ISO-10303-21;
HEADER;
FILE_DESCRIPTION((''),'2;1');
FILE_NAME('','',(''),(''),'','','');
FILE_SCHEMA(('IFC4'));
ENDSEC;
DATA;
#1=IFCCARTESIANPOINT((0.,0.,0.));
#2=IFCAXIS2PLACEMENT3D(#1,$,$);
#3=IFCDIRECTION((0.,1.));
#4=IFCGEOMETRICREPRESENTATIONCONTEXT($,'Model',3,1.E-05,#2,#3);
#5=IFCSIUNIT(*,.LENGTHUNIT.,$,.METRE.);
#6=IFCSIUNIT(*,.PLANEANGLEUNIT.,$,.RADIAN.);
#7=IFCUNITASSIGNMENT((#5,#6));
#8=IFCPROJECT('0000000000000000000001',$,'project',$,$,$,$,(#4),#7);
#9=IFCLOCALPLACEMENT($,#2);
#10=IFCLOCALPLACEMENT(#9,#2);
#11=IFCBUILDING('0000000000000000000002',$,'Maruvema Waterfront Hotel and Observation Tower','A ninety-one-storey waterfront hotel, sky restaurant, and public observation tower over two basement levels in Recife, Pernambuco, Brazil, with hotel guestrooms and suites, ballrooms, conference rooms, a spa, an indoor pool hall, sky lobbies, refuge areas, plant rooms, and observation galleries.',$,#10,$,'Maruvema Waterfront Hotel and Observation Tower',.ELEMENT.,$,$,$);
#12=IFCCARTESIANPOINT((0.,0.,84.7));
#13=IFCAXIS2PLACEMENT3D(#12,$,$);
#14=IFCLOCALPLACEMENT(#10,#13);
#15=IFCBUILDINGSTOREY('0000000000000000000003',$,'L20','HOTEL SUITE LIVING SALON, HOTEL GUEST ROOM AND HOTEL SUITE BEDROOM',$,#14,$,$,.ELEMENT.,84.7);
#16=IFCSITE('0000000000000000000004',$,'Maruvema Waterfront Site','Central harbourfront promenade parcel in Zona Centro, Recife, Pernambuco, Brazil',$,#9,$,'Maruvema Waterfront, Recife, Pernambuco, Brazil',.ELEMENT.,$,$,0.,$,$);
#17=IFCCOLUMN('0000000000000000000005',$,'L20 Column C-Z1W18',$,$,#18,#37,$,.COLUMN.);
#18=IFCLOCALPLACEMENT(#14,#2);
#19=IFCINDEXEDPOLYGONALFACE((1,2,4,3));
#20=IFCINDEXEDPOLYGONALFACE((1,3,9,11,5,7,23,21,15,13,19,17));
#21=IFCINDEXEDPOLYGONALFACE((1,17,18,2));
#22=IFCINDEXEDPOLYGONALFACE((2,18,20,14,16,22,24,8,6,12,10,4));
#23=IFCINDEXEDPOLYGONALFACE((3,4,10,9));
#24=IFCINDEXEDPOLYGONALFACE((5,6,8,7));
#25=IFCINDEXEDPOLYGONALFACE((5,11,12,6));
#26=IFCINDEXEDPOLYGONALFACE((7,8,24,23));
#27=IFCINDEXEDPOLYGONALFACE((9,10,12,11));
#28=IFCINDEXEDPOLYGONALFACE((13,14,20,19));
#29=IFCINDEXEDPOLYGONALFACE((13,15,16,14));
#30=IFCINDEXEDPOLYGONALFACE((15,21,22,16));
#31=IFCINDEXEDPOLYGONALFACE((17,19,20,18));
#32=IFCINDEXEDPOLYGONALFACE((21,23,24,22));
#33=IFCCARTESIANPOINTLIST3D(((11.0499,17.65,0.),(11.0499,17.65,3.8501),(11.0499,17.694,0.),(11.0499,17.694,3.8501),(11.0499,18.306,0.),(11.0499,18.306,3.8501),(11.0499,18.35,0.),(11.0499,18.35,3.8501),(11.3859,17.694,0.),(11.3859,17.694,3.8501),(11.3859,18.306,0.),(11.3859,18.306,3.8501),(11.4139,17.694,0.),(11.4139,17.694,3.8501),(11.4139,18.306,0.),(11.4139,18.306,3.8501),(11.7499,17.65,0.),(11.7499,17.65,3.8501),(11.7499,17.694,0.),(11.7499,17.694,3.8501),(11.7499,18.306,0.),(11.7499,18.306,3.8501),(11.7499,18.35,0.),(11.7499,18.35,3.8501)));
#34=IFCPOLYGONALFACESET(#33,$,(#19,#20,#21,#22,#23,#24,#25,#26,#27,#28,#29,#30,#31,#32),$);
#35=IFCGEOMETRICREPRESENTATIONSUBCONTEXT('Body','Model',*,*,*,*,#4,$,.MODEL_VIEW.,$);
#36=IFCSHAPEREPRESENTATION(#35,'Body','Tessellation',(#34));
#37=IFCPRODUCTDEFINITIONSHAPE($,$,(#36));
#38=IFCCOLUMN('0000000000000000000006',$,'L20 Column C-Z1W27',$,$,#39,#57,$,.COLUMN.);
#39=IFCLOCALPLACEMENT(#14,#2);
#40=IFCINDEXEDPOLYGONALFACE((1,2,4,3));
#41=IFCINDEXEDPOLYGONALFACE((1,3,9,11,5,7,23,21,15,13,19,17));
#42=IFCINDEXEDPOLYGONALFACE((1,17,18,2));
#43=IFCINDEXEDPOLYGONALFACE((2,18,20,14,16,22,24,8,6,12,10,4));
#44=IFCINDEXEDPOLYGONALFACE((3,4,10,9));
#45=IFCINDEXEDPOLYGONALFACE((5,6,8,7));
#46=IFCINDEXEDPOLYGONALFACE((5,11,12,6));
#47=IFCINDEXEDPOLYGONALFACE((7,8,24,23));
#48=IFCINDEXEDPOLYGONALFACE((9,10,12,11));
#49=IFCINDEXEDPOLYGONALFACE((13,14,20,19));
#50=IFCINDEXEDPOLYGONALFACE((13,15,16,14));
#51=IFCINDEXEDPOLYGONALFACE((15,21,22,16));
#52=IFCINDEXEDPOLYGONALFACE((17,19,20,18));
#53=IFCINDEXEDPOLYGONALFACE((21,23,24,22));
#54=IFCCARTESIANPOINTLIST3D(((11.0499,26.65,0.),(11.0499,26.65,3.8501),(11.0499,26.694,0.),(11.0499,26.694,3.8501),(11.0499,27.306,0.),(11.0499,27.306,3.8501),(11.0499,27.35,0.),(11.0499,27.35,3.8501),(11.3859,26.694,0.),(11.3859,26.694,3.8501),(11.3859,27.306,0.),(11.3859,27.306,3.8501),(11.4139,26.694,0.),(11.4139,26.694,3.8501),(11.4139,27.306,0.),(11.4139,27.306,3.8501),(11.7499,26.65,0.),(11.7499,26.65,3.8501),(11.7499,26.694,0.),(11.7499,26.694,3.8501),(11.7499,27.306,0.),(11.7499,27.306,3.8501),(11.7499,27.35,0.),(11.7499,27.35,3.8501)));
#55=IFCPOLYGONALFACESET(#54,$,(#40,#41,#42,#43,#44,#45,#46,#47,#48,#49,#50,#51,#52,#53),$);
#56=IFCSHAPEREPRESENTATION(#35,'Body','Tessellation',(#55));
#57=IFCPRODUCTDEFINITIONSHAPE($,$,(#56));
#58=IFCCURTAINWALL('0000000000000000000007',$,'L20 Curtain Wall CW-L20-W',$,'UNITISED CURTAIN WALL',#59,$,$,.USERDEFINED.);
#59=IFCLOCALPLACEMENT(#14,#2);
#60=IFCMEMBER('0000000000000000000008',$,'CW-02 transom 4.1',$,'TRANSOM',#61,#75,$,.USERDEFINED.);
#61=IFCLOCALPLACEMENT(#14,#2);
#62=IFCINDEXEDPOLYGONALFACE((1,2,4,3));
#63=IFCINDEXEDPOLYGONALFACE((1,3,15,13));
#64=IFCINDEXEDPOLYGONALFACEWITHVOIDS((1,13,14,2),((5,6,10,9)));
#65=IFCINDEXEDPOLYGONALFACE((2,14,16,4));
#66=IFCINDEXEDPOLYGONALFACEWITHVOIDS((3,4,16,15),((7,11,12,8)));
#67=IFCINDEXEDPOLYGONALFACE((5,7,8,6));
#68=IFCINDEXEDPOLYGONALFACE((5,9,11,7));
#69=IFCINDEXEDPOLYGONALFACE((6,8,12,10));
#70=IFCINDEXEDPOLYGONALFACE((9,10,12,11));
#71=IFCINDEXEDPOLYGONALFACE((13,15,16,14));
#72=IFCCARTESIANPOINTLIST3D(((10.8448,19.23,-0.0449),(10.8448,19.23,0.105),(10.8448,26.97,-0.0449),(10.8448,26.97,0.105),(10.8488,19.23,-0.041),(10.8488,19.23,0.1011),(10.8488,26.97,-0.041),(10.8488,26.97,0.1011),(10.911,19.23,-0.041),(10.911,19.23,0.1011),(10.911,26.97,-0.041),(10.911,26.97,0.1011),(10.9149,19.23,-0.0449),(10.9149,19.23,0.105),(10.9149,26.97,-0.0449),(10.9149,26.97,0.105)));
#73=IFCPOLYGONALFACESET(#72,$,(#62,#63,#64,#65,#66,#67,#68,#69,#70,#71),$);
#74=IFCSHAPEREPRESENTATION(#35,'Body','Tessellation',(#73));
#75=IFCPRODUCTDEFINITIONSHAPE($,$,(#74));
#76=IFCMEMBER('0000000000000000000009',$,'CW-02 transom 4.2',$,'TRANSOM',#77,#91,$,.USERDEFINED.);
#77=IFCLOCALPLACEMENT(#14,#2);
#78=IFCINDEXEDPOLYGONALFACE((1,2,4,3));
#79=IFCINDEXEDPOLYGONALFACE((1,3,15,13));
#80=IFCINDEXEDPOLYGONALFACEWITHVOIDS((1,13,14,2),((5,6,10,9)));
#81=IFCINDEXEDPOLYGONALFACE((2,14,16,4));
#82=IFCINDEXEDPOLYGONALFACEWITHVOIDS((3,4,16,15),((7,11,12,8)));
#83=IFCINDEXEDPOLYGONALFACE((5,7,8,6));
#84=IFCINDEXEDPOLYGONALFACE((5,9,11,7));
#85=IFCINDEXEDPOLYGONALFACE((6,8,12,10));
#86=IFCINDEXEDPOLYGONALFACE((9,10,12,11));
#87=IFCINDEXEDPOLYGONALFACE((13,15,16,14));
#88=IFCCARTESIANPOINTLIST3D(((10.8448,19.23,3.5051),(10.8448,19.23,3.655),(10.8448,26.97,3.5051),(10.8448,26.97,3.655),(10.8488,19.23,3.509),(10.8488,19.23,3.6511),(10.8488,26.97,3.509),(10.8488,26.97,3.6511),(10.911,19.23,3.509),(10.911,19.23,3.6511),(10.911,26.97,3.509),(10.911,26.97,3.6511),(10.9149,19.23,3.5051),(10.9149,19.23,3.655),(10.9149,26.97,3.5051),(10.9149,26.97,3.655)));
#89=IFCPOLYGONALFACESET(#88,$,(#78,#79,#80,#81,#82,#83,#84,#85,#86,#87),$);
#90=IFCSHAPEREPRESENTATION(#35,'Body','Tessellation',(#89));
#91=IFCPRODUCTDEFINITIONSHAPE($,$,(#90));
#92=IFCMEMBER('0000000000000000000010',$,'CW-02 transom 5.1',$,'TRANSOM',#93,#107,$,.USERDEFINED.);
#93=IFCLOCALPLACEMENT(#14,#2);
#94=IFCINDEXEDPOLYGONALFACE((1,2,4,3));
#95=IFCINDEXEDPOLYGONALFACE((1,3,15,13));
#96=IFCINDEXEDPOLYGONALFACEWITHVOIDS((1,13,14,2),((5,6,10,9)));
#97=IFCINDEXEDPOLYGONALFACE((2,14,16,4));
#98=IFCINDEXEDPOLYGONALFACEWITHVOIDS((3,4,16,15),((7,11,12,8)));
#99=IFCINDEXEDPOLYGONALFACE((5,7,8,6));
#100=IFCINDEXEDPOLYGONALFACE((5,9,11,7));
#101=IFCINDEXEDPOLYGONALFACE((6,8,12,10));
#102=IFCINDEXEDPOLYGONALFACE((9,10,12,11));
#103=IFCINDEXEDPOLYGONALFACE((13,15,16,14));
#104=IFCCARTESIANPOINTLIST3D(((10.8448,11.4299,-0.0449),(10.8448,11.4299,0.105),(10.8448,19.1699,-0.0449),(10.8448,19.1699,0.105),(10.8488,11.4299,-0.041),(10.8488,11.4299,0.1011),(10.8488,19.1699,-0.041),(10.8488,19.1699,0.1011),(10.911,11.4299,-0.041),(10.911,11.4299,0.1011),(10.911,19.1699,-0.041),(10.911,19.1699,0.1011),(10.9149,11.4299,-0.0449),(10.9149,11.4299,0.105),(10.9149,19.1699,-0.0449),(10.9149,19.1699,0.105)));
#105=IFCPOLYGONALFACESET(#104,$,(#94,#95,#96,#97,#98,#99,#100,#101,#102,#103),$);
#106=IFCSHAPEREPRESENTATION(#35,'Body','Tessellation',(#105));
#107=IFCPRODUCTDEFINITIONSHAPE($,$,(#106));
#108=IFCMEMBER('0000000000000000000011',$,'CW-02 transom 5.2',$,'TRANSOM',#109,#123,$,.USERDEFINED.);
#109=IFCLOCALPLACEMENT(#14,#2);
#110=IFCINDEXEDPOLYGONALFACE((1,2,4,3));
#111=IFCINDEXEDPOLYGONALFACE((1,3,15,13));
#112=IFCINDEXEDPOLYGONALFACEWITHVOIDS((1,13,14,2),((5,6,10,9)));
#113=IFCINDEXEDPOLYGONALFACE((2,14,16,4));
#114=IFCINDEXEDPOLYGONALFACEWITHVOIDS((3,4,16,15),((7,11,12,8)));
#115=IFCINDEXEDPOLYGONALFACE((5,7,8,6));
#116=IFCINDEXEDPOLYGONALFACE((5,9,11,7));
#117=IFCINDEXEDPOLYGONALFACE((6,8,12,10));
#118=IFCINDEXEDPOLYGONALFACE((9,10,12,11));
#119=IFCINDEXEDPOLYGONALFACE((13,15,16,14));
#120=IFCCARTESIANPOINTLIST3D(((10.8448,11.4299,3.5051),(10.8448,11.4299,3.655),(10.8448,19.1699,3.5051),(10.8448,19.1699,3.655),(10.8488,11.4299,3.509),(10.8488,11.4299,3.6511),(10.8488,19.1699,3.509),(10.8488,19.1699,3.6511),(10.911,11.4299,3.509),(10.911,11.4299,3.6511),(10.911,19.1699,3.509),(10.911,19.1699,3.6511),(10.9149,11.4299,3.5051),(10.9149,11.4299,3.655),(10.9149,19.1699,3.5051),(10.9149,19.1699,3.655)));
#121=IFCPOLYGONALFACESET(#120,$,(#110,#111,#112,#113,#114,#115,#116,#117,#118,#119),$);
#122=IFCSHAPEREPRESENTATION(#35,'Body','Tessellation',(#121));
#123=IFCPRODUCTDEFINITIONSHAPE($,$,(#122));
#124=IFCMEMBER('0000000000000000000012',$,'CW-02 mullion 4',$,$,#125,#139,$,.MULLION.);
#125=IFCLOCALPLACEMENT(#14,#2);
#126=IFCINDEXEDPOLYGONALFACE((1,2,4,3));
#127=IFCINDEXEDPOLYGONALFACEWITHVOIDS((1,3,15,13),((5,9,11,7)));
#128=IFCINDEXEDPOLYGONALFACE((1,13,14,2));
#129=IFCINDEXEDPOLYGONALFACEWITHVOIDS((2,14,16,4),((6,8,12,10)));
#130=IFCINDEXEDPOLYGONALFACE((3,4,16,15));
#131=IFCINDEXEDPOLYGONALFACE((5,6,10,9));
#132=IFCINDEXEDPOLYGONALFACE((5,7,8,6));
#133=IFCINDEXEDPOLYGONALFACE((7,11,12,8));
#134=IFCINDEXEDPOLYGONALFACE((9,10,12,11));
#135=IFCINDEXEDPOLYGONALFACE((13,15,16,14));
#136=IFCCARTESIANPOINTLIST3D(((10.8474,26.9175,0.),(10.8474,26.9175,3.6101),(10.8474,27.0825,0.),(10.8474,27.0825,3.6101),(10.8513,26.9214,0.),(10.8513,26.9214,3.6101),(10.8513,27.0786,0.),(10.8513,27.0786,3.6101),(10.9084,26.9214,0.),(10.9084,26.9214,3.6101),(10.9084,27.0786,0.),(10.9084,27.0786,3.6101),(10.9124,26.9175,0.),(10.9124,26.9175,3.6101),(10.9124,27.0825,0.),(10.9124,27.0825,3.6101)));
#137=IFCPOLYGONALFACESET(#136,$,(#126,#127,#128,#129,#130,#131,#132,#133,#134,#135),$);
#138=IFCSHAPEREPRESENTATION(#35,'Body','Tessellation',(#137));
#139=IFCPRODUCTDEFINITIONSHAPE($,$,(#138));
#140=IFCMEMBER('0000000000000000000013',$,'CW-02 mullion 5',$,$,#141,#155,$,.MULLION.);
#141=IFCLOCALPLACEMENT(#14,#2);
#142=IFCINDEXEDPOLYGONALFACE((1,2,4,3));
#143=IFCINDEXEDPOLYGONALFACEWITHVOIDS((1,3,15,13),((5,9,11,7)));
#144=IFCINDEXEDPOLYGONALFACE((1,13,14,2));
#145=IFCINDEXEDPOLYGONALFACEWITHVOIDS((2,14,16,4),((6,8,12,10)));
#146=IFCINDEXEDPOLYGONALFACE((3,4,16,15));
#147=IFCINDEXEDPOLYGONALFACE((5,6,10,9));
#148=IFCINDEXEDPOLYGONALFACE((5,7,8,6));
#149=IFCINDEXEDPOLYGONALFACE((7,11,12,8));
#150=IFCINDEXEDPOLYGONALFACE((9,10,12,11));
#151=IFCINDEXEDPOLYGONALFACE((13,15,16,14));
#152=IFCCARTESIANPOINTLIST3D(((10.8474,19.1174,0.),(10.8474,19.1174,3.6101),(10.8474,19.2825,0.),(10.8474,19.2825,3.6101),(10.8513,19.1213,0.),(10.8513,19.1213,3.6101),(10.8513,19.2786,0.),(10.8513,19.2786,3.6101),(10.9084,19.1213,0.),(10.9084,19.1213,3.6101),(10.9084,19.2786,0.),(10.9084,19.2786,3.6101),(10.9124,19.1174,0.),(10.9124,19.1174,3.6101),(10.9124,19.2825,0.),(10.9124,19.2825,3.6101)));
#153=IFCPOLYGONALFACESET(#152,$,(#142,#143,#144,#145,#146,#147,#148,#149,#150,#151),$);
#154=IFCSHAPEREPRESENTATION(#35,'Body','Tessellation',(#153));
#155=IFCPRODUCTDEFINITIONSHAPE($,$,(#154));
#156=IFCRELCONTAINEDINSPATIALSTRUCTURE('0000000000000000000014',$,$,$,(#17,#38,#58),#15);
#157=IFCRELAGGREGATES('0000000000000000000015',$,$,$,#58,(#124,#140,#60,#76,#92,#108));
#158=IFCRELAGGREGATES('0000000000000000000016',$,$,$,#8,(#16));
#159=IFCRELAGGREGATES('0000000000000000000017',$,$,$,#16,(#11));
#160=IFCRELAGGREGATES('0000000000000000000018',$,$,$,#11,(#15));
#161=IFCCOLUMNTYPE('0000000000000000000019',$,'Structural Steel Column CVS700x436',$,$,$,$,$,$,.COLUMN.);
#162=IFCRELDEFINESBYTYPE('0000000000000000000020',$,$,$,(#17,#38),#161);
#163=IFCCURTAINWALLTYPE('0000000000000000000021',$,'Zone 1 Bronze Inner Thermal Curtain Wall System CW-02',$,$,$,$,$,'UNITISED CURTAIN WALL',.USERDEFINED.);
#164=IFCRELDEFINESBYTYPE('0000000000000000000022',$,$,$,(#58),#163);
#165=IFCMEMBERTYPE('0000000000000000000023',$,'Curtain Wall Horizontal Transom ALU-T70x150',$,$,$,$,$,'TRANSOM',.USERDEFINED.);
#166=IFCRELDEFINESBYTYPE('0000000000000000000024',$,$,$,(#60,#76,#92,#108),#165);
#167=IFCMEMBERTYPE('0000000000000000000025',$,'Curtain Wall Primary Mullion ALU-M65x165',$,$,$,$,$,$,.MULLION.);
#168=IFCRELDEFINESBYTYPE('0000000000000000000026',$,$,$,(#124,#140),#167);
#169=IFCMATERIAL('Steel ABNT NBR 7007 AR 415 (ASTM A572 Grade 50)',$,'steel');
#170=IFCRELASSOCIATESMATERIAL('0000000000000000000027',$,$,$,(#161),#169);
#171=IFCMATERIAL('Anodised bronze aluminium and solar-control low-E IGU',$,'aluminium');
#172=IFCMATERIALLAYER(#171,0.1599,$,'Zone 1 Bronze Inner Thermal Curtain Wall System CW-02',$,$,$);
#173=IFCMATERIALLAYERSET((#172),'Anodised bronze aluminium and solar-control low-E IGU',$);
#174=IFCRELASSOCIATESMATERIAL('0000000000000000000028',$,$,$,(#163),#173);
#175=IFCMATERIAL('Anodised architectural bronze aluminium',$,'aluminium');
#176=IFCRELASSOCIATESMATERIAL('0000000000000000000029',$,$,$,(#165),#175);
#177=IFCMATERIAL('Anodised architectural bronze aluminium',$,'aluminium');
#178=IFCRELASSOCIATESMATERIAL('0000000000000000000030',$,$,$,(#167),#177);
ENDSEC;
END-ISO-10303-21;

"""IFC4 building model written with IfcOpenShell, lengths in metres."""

from ifc_helpers import new_model, si_unit, direction, frame, origin, origin_2d, place, context, subcontext, project, spatial, hollow_rectangle, i_section, extrude, material, layer, layer_set, material_profile, profile_set, type_object, element, aggregate, save


model = new_model("IFC4")

# Units and contexts
model_context = context("Model", 3, precision=1e-05, world=origin(), true_north=direction((0.0, 1.0)))
body_context = subcontext(model_context, "Body", "Model", "MODEL_VIEW")
ifc_project = project(units=[si_unit("LENGTHUNIT", "METRE"), si_unit("PLANEANGLEUNIT", "RADIAN")], contexts=[model_context])

# Site, building, storey
site_placement = place(None, origin())
site = spatial("IfcSite", under=ifc_project, at=site_placement, Name="Maruvema Waterfront Site", Description="Central harbourfront promenade parcel in Zona Centro, Recife, Pernambuco, Brazil", LongName="Maruvema Waterfront, Recife, Pernambuco, Brazil", CompositionType="ELEMENT", RefElevation=0.0)
building_placement = place(site_placement, origin())
building = spatial("IfcBuilding", under=site, at=building_placement, Name="Maruvema Waterfront Hotel and Observation Tower", Description="A ninety-one-storey waterfront hotel, sky restaurant, and public observation tower over two basement levels in Recife, Pernambuco, Brazil, with hotel guestrooms and suites, ballrooms, conference rooms, a spa, an indoor pool hall, sky lobbies, refuge areas, plant rooms, and observation galleries.", LongName="Maruvema Waterfront Hotel and Observation Tower", CompositionType="ELEMENT")
storey_placement = place(building_placement, frame((0.0, 0.0, 84.7)))
storey = spatial("IfcBuildingStorey", under=building, at=storey_placement, Name="L20", Description="HOTEL SUITE LIVING SALON, HOTEL GUEST ROOM AND HOTEL SUITE BEDROOM", CompositionType="ELEMENT", Elevation=84.7)

# Columns
ifc_material_1 = material(Name="Steel ABNT NBR 7007 AR 415 (ASTM A572 Grade 50)", Category="steel")
ifc_material_profile_1 = material_profile(ifc_material_1, i_section(OverallWidth=0.7, OverallDepth=0.7, WebThickness=0.0281, FlangeThickness=0.0439, at=origin_2d()), Name="CVS700x436")
ifc_profile_set_1 = profile_set([ifc_material_profile_1], Name="Steel ABNT NBR 7007 AR 415 (ASTM A572 Grade 50)")
column_type = type_object("IfcColumnType", Name="Structural Steel Column CVS700x436", PredefinedType="COLUMN", material=ifc_profile_set_1)
for number, where, z_axis, x_axis, name in (
    (1, (11.3999, 18.0, 0.0), (0.0, 0.0, 1.0), (1.0, 0.0, 0.0), "L20 Column C-Z1W18"),
    (2, (11.3999, 27.0, 0.0), (0.0, 0.0, 1.0), (1.0, 0.0, 0.0), "L20 Column C-Z1W27"),
):
    element("IfcColumn", number, at=place(storey_placement, frame(where, z_axis=z_axis, x_axis=x_axis)), inside=storey, type_object=column_type, Name=name, PredefinedType="COLUMN", context=body_context, shape_type="SweptSolid", body=[
        extrude(i_section(OverallWidth=0.7, OverallDepth=0.7, WebThickness=0.0281, FlangeThickness=0.0439, at=origin_2d()), origin(), (0.0, 0.0, 1.0), 3.8501),
    ])

# Curtain wall, members
ifc_material_2 = material(Name="Anodised bronze aluminium and solar-control low-E IGU", Category="aluminium")
ifc_layer_1 = layer(ifc_material_2, 0.1599, Name="Zone 1 Bronze Inner Thermal Curtain Wall System CW-02")
ifc_layer_set_1 = layer_set([ifc_layer_1], Name="Anodised bronze aluminium and solar-control low-E IGU")
curtain_wall_type = type_object("IfcCurtainWallType", Name="Zone 1 Bronze Inner Thermal Curtain Wall System CW-02", ElementType="UNITISED CURTAIN WALL", PredefinedType="USERDEFINED", material=ifc_layer_set_1)
curtain_wall_placement = place(storey_placement, origin())
curtain_wall = element("IfcCurtainWall", 3, at=curtain_wall_placement, inside=storey, type_object=curtain_wall_type, Name="L20 Curtain Wall CW-L20-W", ObjectType="UNITISED CURTAIN WALL", PredefinedType="USERDEFINED")
ifc_material_3 = material(Name="Anodised architectural bronze aluminium", Category="aluminium")
ifc_material_profile_2 = material_profile(ifc_material_3, hollow_rectangle(XDim=0.0701, YDim=0.1499, WallThickness=0.0039, at=origin_2d()), Name="ALU-T70x150")
ifc_profile_set_2 = profile_set([ifc_material_profile_2], Name="Anodised architectural bronze aluminium")
member_type_1 = type_object("IfcMemberType", Name="Curtain Wall Horizontal Transom ALU-T70x150", ElementType="TRANSOM", PredefinedType="USERDEFINED", material=ifc_profile_set_2)
member_1_placement = place(storey_placement, frame((10.8799, 26.97, 0.03), z_axis=(0.0, -1.0, 0.0), x_axis=(1.0, 0.0, 0.0)))
member_1 = element("IfcMember", 4, at=member_1_placement, type_object=member_type_1, Name="CW-02 transom 4.1", ObjectType="TRANSOM", PredefinedType="USERDEFINED", context=body_context, shape_type="SweptSolid", body=[
    extrude(hollow_rectangle(XDim=0.0701, YDim=0.1499, WallThickness=0.0039, at=origin_2d()), origin(), (0.0, 0.0, 1.0), 7.74),
])
member_2_placement = place(storey_placement, frame((10.8799, 26.97, 3.5801), z_axis=(0.0, -1.0, 0.0), x_axis=(1.0, 0.0, 0.0)))
member_2 = element("IfcMember", 5, at=member_2_placement, type_object=member_type_1, Name="CW-02 transom 4.2", ObjectType="TRANSOM", PredefinedType="USERDEFINED", context=body_context, shape_type="SweptSolid", body=[
    extrude(hollow_rectangle(XDim=0.0701, YDim=0.1499, WallThickness=0.0039, at=origin_2d()), origin(), (0.0, 0.0, 1.0), 7.74),
])
member_3_placement = place(storey_placement, frame((10.8799, 19.1699, 0.03), z_axis=(0.0, -1.0, 0.0), x_axis=(1.0, 0.0, 0.0)))
member_3 = element("IfcMember", 6, at=member_3_placement, type_object=member_type_1, Name="CW-02 transom 5.1", ObjectType="TRANSOM", PredefinedType="USERDEFINED", context=body_context, shape_type="SweptSolid", body=[
    extrude(hollow_rectangle(XDim=0.0701, YDim=0.1499, WallThickness=0.0039, at=origin_2d()), origin(), (0.0, 0.0, 1.0), 7.74),
])
member_4_placement = place(storey_placement, frame((10.8799, 19.1699, 3.5801), z_axis=(0.0, -1.0, 0.0), x_axis=(1.0, 0.0, 0.0)))
member_4 = element("IfcMember", 7, at=member_4_placement, type_object=member_type_1, Name="CW-02 transom 5.2", ObjectType="TRANSOM", PredefinedType="USERDEFINED", context=body_context, shape_type="SweptSolid", body=[
    extrude(hollow_rectangle(XDim=0.0701, YDim=0.1499, WallThickness=0.0039, at=origin_2d()), origin(), (0.0, 0.0, 1.0), 7.74),
])
ifc_material_4 = material(Name="Anodised architectural bronze aluminium", Category="aluminium")
ifc_material_profile_3 = material_profile(ifc_material_4, hollow_rectangle(XDim=0.0649, YDim=0.165, WallThickness=0.0039, at=origin_2d()), Name="ALU-M65x165")
ifc_profile_set_3 = profile_set([ifc_material_profile_3], Name="Anodised architectural bronze aluminium")
member_type_2 = type_object("IfcMemberType", Name="Curtain Wall Primary Mullion ALU-M65x165", PredefinedType="MULLION", material=ifc_profile_set_3)
member_5_placement = place(storey_placement, frame((10.8799, 27.0, 0.0), z_axis=(0.0, 0.0, 1.0), x_axis=(1.0, 0.0, 0.0)))
member_5 = element("IfcMember", 8, at=member_5_placement, type_object=member_type_2, Name="CW-02 mullion 4", PredefinedType="MULLION", context=body_context, shape_type="SweptSolid", body=[
    extrude(hollow_rectangle(XDim=0.0649, YDim=0.165, WallThickness=0.0039, at=origin_2d()), origin(), (0.0, 0.0, 1.0), 3.6101),
])
member_6_placement = place(storey_placement, frame((10.8799, 19.2, 0.0), z_axis=(0.0, 0.0, 1.0), x_axis=(1.0, 0.0, 0.0)))
member_6 = element("IfcMember", 9, at=member_6_placement, type_object=member_type_2, Name="CW-02 mullion 5", PredefinedType="MULLION", context=body_context, shape_type="SweptSolid", body=[
    extrude(hollow_rectangle(XDim=0.0649, YDim=0.165, WallThickness=0.0039, at=origin_2d()), origin(), (0.0, 0.0, 1.0), 3.6101),
])

aggregate(curtain_wall, [member_5, member_6, member_1, member_2, member_3, member_4])

save(model, "model.ifc")
